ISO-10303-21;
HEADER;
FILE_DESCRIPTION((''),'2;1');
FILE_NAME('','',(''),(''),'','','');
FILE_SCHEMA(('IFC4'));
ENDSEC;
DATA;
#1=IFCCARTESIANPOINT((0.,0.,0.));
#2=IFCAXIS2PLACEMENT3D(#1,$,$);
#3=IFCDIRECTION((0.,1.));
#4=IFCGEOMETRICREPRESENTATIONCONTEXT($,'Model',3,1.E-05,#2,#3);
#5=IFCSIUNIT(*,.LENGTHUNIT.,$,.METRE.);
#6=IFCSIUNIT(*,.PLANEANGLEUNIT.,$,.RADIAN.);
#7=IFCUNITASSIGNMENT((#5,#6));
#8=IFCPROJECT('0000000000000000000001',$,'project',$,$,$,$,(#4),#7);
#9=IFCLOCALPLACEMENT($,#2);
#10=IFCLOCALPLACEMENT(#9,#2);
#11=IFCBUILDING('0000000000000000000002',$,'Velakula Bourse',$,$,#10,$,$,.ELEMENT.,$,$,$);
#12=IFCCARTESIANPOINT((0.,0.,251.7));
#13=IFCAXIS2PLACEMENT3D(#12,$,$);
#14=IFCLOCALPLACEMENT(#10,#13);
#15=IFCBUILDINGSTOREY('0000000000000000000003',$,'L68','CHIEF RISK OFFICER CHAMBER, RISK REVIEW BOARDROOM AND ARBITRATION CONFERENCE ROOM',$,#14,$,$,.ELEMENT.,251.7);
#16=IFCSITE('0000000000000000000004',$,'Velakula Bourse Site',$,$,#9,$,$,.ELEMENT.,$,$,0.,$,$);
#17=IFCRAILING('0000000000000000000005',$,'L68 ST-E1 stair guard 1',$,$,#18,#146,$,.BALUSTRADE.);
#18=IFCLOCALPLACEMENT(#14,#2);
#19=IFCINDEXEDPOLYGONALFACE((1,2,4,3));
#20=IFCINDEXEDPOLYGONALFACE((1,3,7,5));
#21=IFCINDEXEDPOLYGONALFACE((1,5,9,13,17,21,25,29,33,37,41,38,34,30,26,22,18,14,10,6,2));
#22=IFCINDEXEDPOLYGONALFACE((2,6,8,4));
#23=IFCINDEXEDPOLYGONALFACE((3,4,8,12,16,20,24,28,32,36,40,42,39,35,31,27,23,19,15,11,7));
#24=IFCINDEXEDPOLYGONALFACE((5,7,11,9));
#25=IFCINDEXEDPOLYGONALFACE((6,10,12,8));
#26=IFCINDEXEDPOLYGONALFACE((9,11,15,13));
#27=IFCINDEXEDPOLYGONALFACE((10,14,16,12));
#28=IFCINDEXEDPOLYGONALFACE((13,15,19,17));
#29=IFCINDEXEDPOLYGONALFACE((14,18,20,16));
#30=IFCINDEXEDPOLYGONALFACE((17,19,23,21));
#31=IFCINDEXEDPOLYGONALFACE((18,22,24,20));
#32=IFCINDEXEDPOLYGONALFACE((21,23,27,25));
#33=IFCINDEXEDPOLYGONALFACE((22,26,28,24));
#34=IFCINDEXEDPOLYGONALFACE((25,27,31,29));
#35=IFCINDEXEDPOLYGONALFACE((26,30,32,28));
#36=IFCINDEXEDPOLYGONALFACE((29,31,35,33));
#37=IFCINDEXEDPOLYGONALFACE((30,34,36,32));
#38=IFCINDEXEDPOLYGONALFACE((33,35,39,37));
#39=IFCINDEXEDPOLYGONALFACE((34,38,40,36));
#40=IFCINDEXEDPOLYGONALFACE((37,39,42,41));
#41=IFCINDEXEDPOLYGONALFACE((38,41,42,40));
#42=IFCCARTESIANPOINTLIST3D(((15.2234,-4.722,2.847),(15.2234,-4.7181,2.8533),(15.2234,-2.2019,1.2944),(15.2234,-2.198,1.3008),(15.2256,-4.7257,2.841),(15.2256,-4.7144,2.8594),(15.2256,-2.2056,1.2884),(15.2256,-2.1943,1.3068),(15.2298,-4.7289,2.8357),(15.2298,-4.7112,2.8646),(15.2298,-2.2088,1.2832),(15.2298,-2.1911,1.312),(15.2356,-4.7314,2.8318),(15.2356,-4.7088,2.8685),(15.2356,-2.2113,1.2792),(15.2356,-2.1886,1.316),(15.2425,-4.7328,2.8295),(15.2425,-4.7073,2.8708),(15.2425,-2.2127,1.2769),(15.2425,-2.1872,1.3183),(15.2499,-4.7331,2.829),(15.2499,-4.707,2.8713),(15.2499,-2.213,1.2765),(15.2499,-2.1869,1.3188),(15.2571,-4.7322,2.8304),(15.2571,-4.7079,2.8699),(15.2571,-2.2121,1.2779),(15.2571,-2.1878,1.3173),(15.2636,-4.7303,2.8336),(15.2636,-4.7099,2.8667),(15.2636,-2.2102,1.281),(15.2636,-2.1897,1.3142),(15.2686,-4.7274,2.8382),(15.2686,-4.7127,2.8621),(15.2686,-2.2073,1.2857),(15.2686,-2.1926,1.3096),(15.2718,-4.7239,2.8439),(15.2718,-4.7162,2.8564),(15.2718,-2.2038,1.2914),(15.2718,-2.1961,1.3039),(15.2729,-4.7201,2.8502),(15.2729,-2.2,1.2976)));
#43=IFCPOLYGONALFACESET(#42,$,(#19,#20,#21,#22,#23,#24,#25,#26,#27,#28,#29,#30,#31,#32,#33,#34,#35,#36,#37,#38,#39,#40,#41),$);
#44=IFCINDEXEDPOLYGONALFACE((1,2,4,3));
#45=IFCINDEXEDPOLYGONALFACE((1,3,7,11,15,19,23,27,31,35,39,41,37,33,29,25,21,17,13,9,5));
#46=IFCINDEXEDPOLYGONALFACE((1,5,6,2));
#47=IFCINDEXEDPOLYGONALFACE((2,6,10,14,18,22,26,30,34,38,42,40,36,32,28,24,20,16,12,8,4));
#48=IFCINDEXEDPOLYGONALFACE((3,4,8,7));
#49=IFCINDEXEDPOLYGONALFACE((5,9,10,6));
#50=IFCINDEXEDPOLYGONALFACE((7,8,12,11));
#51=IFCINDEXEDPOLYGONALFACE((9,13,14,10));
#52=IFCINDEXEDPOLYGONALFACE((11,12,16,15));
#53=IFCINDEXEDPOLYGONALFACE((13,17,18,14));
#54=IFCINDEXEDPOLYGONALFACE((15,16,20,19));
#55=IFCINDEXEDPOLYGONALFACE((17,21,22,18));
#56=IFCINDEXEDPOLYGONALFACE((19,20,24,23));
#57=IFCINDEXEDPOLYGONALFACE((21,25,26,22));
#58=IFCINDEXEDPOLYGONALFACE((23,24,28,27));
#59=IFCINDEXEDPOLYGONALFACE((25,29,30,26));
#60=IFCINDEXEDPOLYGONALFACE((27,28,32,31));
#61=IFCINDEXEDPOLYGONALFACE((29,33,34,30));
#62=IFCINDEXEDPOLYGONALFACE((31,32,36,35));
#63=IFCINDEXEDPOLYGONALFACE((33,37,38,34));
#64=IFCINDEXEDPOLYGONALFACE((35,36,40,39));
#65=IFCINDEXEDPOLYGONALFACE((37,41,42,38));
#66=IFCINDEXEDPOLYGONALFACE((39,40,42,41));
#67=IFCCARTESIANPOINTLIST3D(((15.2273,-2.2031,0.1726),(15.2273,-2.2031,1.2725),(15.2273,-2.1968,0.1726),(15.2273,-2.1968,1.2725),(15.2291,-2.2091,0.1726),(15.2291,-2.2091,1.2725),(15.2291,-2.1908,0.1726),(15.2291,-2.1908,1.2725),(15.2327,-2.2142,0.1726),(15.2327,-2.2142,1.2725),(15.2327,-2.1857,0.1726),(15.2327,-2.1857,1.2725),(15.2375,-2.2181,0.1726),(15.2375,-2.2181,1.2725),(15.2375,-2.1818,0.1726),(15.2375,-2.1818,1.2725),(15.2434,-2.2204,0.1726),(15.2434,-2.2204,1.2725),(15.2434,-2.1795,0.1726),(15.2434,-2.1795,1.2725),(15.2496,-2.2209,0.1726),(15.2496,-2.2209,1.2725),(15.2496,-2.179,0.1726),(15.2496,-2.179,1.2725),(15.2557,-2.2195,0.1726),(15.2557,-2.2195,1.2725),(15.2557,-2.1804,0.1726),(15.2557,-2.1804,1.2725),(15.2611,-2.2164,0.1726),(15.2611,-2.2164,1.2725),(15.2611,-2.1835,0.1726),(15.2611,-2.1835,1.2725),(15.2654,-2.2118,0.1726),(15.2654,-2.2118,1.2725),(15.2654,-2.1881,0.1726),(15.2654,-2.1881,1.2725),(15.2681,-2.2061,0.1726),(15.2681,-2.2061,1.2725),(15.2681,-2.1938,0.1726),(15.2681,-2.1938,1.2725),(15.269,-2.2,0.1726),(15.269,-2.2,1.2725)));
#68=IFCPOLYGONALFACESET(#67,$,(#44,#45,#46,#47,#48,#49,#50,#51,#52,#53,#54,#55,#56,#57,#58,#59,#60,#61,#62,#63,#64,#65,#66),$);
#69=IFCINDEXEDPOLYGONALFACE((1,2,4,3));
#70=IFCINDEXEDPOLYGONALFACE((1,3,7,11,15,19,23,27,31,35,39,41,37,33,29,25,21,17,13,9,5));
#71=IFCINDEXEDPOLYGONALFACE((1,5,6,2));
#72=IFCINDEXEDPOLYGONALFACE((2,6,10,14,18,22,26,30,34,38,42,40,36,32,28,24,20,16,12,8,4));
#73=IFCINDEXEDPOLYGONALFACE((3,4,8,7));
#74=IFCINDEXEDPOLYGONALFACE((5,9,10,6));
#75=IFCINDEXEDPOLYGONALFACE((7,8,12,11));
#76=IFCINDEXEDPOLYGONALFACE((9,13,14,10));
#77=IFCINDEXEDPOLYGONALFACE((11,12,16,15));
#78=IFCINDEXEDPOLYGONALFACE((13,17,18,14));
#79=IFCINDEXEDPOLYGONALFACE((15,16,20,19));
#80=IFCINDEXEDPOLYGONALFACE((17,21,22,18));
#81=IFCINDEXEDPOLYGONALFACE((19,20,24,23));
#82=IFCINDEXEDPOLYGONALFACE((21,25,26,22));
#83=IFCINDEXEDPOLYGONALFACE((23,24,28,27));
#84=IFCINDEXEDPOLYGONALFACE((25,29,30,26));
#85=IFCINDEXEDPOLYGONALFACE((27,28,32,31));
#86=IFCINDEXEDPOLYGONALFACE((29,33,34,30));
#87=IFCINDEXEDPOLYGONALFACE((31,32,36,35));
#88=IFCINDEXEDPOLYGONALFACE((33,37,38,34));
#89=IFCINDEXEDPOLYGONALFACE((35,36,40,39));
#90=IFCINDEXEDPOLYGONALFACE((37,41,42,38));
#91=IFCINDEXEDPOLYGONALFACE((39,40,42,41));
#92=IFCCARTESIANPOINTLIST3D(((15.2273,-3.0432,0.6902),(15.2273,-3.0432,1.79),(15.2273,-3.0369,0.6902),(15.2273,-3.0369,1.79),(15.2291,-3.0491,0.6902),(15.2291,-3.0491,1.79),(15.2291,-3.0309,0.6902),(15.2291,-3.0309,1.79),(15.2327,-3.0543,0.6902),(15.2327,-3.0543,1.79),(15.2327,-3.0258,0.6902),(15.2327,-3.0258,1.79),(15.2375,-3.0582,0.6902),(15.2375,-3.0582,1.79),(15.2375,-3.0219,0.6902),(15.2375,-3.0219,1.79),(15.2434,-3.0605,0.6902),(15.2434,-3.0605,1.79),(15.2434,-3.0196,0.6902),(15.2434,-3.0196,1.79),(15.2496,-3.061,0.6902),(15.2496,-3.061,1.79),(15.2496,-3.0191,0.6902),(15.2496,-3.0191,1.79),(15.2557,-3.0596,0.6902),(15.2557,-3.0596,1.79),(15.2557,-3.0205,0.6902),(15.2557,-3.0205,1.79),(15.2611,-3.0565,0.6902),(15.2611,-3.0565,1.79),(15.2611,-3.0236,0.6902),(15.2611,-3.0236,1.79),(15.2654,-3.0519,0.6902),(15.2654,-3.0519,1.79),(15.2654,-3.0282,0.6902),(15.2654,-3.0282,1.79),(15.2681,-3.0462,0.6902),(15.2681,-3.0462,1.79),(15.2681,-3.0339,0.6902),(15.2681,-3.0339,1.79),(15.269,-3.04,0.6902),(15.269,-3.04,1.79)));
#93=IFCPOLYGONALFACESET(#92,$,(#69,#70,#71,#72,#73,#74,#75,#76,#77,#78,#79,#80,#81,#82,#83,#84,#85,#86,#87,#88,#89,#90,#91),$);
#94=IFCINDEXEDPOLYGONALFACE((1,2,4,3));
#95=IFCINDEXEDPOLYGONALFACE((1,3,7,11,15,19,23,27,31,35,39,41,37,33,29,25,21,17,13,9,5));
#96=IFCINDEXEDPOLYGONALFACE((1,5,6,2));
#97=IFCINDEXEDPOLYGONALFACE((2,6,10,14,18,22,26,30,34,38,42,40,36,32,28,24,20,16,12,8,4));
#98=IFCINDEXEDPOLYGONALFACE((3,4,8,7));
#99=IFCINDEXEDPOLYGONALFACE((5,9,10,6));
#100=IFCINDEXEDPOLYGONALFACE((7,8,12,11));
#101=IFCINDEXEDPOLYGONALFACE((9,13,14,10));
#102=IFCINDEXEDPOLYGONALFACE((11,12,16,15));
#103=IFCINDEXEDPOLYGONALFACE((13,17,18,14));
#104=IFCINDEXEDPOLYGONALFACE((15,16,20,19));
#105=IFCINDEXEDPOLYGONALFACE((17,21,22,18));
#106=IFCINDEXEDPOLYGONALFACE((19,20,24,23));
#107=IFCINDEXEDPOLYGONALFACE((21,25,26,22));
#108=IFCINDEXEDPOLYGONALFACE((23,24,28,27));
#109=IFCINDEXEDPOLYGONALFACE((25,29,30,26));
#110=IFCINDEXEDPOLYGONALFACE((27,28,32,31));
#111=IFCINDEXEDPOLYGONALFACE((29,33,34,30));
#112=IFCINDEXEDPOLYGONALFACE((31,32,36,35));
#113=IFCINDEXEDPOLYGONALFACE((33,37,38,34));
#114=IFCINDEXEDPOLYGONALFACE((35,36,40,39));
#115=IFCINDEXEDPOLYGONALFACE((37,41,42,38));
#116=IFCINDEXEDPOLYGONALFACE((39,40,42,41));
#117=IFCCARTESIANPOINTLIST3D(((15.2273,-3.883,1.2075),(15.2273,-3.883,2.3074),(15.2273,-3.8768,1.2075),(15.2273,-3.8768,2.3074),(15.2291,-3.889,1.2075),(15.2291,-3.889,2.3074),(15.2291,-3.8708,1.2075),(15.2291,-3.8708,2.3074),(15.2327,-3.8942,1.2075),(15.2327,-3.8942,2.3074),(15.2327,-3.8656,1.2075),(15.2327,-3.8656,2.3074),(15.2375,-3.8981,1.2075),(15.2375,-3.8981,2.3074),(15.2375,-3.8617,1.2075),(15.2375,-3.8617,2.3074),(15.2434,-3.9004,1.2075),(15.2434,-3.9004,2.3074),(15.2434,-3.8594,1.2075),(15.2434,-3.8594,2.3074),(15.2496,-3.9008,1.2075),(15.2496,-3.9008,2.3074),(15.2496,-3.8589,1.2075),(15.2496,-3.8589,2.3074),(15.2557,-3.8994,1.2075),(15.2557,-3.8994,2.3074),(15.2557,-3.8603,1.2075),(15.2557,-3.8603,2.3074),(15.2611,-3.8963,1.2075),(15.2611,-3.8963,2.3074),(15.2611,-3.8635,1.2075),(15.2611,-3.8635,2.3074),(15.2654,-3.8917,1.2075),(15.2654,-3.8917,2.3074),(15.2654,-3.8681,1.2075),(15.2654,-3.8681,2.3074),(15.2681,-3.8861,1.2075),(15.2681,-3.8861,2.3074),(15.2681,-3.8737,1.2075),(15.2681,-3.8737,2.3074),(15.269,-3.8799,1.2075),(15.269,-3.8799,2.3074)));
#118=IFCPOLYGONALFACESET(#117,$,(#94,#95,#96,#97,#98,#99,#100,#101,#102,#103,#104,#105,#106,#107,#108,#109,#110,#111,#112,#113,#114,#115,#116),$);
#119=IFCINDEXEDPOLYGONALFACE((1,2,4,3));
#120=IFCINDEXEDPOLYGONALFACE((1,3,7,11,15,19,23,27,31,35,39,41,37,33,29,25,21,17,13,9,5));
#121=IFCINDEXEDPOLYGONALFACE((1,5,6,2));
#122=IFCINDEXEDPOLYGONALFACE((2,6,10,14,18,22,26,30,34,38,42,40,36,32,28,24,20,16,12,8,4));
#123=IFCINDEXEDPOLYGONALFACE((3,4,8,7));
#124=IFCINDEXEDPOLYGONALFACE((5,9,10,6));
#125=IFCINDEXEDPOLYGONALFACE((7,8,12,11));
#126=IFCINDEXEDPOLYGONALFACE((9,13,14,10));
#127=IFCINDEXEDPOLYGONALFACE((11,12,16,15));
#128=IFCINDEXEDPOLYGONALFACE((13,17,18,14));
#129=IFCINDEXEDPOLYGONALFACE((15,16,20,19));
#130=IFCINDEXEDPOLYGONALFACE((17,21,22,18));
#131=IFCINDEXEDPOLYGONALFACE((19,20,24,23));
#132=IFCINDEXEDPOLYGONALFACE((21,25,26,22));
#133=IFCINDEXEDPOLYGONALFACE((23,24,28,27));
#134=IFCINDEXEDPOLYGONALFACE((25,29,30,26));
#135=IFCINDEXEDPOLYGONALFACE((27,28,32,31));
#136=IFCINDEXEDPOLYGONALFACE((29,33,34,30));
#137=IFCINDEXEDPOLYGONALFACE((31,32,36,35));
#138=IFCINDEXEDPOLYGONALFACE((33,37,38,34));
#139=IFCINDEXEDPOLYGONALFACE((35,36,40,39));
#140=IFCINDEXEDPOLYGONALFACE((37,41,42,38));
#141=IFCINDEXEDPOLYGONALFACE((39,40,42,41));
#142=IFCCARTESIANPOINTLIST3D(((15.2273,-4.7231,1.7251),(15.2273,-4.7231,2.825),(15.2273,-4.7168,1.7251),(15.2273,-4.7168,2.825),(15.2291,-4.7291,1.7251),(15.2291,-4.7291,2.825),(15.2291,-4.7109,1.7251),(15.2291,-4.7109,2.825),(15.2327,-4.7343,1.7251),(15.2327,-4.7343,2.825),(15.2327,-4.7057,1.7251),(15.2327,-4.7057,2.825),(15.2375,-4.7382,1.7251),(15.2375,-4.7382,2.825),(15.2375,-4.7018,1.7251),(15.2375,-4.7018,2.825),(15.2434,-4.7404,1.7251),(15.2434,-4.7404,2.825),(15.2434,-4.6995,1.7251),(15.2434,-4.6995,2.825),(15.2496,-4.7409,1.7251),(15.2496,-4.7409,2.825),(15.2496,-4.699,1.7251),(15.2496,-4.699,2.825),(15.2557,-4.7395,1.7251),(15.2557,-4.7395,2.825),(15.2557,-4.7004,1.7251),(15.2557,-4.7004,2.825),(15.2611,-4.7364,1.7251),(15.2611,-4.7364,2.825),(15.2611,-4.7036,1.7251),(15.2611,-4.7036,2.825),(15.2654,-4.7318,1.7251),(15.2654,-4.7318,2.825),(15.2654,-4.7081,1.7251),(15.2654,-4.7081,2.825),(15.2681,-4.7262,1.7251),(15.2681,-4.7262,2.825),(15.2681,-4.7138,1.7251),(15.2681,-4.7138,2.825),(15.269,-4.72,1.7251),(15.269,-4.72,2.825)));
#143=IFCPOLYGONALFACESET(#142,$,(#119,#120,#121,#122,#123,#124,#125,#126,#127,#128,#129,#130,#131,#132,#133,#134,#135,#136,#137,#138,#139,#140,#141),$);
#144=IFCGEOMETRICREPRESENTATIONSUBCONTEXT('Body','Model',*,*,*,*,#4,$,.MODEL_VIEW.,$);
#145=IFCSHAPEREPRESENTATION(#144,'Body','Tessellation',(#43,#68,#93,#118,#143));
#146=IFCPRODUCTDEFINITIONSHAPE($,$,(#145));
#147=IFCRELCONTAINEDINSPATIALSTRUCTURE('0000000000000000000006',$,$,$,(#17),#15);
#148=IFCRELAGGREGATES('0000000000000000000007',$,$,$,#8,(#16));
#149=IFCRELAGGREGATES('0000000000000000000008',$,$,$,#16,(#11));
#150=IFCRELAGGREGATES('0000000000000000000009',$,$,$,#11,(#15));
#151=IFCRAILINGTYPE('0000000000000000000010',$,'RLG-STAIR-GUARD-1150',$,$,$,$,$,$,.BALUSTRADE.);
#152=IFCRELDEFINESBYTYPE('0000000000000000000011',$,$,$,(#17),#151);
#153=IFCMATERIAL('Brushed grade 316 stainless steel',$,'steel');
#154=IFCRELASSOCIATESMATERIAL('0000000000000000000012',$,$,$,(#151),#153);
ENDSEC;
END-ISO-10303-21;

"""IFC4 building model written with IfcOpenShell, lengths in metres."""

from ifc_helpers import new_model, si_unit, direction, frame, origin, origin_2d, place, context, subcontext, project, spatial, circle, extrude, material, type_object, element, save


model = new_model("IFC4")

# Units and contexts
model_context = context("Model", 3, precision=1e-05, world=origin(), true_north=direction((0.0, 1.0)))
body_context = subcontext(model_context, "Body", "Model", "MODEL_VIEW")
ifc_project = project(units=[si_unit("LENGTHUNIT", "METRE"), si_unit("PLANEANGLEUNIT", "RADIAN")], contexts=[model_context])

# Site, building, storey
site_placement = place(None, origin())
site = spatial("IfcSite", under=ifc_project, at=site_placement, Name="Velakula Bourse Site", CompositionType="ELEMENT", RefElevation=0.0)
building_placement = place(site_placement, origin())
building = spatial("IfcBuilding", under=site, at=building_placement, Name="Velakula Bourse", CompositionType="ELEMENT")
storey_placement = place(building_placement, frame((0.0, 0.0, 251.7)))
storey = spatial("IfcBuildingStorey", under=building, at=storey_placement, Name="L68", Description="CHIEF RISK OFFICER CHAMBER, RISK REVIEW BOARDROOM AND ARBITRATION CONFERENCE ROOM", CompositionType="ELEMENT", Elevation=251.7)

# Shared definitions
ifc_material_1 = material(Name="Brushed grade 316 stainless steel", Category="steel")

# Railing
railing_type_1 = type_object("IfcRailingType", Name="RLG-STAIR-GUARD-1150", PredefinedType="BALUSTRADE", material=ifc_material_1)
railing_1_placement = place(storey_placement, frame((15.248, -2.2, 0.1726)))
element("IfcRailing", 1, at=railing_1_placement, inside=storey, type_object=railing_type_1, Name="L68 ST-E1 stair guard 1", PredefinedType="BALUSTRADE", context=body_context, shape_type="SweptSolid", body=[
    extrude(circle(Radius=0.0249, at=origin_2d()), frame((0.0, 0.0, 1.125), z_axis=(0.0, -0.8514, 0.524516), x_axis=(1.0, 0.0, 0.0)), (0.0, 0.0, 1.0), 2.96),
    extrude(circle(Radius=0.021, at=origin_2d()), origin(), (0.0, 0.0, 1.0), 1.0999),
    extrude(circle(Radius=0.021, at=origin_2d()), frame((0.0, -0.8401, 0.5176)), (0.0, 0.0, 1.0), 1.0999),
    extrude(circle(Radius=0.021, at=origin_2d()), frame((0.0, -1.6799, 1.0349)), (0.0, 0.0, 1.0), 1.0999),
    extrude(circle(Radius=0.021, at=origin_2d()), frame((0.0, -2.52, 1.5525)), (0.0, 0.0, 1.0), 1.0999),
])

save(model, "model.ifc")
